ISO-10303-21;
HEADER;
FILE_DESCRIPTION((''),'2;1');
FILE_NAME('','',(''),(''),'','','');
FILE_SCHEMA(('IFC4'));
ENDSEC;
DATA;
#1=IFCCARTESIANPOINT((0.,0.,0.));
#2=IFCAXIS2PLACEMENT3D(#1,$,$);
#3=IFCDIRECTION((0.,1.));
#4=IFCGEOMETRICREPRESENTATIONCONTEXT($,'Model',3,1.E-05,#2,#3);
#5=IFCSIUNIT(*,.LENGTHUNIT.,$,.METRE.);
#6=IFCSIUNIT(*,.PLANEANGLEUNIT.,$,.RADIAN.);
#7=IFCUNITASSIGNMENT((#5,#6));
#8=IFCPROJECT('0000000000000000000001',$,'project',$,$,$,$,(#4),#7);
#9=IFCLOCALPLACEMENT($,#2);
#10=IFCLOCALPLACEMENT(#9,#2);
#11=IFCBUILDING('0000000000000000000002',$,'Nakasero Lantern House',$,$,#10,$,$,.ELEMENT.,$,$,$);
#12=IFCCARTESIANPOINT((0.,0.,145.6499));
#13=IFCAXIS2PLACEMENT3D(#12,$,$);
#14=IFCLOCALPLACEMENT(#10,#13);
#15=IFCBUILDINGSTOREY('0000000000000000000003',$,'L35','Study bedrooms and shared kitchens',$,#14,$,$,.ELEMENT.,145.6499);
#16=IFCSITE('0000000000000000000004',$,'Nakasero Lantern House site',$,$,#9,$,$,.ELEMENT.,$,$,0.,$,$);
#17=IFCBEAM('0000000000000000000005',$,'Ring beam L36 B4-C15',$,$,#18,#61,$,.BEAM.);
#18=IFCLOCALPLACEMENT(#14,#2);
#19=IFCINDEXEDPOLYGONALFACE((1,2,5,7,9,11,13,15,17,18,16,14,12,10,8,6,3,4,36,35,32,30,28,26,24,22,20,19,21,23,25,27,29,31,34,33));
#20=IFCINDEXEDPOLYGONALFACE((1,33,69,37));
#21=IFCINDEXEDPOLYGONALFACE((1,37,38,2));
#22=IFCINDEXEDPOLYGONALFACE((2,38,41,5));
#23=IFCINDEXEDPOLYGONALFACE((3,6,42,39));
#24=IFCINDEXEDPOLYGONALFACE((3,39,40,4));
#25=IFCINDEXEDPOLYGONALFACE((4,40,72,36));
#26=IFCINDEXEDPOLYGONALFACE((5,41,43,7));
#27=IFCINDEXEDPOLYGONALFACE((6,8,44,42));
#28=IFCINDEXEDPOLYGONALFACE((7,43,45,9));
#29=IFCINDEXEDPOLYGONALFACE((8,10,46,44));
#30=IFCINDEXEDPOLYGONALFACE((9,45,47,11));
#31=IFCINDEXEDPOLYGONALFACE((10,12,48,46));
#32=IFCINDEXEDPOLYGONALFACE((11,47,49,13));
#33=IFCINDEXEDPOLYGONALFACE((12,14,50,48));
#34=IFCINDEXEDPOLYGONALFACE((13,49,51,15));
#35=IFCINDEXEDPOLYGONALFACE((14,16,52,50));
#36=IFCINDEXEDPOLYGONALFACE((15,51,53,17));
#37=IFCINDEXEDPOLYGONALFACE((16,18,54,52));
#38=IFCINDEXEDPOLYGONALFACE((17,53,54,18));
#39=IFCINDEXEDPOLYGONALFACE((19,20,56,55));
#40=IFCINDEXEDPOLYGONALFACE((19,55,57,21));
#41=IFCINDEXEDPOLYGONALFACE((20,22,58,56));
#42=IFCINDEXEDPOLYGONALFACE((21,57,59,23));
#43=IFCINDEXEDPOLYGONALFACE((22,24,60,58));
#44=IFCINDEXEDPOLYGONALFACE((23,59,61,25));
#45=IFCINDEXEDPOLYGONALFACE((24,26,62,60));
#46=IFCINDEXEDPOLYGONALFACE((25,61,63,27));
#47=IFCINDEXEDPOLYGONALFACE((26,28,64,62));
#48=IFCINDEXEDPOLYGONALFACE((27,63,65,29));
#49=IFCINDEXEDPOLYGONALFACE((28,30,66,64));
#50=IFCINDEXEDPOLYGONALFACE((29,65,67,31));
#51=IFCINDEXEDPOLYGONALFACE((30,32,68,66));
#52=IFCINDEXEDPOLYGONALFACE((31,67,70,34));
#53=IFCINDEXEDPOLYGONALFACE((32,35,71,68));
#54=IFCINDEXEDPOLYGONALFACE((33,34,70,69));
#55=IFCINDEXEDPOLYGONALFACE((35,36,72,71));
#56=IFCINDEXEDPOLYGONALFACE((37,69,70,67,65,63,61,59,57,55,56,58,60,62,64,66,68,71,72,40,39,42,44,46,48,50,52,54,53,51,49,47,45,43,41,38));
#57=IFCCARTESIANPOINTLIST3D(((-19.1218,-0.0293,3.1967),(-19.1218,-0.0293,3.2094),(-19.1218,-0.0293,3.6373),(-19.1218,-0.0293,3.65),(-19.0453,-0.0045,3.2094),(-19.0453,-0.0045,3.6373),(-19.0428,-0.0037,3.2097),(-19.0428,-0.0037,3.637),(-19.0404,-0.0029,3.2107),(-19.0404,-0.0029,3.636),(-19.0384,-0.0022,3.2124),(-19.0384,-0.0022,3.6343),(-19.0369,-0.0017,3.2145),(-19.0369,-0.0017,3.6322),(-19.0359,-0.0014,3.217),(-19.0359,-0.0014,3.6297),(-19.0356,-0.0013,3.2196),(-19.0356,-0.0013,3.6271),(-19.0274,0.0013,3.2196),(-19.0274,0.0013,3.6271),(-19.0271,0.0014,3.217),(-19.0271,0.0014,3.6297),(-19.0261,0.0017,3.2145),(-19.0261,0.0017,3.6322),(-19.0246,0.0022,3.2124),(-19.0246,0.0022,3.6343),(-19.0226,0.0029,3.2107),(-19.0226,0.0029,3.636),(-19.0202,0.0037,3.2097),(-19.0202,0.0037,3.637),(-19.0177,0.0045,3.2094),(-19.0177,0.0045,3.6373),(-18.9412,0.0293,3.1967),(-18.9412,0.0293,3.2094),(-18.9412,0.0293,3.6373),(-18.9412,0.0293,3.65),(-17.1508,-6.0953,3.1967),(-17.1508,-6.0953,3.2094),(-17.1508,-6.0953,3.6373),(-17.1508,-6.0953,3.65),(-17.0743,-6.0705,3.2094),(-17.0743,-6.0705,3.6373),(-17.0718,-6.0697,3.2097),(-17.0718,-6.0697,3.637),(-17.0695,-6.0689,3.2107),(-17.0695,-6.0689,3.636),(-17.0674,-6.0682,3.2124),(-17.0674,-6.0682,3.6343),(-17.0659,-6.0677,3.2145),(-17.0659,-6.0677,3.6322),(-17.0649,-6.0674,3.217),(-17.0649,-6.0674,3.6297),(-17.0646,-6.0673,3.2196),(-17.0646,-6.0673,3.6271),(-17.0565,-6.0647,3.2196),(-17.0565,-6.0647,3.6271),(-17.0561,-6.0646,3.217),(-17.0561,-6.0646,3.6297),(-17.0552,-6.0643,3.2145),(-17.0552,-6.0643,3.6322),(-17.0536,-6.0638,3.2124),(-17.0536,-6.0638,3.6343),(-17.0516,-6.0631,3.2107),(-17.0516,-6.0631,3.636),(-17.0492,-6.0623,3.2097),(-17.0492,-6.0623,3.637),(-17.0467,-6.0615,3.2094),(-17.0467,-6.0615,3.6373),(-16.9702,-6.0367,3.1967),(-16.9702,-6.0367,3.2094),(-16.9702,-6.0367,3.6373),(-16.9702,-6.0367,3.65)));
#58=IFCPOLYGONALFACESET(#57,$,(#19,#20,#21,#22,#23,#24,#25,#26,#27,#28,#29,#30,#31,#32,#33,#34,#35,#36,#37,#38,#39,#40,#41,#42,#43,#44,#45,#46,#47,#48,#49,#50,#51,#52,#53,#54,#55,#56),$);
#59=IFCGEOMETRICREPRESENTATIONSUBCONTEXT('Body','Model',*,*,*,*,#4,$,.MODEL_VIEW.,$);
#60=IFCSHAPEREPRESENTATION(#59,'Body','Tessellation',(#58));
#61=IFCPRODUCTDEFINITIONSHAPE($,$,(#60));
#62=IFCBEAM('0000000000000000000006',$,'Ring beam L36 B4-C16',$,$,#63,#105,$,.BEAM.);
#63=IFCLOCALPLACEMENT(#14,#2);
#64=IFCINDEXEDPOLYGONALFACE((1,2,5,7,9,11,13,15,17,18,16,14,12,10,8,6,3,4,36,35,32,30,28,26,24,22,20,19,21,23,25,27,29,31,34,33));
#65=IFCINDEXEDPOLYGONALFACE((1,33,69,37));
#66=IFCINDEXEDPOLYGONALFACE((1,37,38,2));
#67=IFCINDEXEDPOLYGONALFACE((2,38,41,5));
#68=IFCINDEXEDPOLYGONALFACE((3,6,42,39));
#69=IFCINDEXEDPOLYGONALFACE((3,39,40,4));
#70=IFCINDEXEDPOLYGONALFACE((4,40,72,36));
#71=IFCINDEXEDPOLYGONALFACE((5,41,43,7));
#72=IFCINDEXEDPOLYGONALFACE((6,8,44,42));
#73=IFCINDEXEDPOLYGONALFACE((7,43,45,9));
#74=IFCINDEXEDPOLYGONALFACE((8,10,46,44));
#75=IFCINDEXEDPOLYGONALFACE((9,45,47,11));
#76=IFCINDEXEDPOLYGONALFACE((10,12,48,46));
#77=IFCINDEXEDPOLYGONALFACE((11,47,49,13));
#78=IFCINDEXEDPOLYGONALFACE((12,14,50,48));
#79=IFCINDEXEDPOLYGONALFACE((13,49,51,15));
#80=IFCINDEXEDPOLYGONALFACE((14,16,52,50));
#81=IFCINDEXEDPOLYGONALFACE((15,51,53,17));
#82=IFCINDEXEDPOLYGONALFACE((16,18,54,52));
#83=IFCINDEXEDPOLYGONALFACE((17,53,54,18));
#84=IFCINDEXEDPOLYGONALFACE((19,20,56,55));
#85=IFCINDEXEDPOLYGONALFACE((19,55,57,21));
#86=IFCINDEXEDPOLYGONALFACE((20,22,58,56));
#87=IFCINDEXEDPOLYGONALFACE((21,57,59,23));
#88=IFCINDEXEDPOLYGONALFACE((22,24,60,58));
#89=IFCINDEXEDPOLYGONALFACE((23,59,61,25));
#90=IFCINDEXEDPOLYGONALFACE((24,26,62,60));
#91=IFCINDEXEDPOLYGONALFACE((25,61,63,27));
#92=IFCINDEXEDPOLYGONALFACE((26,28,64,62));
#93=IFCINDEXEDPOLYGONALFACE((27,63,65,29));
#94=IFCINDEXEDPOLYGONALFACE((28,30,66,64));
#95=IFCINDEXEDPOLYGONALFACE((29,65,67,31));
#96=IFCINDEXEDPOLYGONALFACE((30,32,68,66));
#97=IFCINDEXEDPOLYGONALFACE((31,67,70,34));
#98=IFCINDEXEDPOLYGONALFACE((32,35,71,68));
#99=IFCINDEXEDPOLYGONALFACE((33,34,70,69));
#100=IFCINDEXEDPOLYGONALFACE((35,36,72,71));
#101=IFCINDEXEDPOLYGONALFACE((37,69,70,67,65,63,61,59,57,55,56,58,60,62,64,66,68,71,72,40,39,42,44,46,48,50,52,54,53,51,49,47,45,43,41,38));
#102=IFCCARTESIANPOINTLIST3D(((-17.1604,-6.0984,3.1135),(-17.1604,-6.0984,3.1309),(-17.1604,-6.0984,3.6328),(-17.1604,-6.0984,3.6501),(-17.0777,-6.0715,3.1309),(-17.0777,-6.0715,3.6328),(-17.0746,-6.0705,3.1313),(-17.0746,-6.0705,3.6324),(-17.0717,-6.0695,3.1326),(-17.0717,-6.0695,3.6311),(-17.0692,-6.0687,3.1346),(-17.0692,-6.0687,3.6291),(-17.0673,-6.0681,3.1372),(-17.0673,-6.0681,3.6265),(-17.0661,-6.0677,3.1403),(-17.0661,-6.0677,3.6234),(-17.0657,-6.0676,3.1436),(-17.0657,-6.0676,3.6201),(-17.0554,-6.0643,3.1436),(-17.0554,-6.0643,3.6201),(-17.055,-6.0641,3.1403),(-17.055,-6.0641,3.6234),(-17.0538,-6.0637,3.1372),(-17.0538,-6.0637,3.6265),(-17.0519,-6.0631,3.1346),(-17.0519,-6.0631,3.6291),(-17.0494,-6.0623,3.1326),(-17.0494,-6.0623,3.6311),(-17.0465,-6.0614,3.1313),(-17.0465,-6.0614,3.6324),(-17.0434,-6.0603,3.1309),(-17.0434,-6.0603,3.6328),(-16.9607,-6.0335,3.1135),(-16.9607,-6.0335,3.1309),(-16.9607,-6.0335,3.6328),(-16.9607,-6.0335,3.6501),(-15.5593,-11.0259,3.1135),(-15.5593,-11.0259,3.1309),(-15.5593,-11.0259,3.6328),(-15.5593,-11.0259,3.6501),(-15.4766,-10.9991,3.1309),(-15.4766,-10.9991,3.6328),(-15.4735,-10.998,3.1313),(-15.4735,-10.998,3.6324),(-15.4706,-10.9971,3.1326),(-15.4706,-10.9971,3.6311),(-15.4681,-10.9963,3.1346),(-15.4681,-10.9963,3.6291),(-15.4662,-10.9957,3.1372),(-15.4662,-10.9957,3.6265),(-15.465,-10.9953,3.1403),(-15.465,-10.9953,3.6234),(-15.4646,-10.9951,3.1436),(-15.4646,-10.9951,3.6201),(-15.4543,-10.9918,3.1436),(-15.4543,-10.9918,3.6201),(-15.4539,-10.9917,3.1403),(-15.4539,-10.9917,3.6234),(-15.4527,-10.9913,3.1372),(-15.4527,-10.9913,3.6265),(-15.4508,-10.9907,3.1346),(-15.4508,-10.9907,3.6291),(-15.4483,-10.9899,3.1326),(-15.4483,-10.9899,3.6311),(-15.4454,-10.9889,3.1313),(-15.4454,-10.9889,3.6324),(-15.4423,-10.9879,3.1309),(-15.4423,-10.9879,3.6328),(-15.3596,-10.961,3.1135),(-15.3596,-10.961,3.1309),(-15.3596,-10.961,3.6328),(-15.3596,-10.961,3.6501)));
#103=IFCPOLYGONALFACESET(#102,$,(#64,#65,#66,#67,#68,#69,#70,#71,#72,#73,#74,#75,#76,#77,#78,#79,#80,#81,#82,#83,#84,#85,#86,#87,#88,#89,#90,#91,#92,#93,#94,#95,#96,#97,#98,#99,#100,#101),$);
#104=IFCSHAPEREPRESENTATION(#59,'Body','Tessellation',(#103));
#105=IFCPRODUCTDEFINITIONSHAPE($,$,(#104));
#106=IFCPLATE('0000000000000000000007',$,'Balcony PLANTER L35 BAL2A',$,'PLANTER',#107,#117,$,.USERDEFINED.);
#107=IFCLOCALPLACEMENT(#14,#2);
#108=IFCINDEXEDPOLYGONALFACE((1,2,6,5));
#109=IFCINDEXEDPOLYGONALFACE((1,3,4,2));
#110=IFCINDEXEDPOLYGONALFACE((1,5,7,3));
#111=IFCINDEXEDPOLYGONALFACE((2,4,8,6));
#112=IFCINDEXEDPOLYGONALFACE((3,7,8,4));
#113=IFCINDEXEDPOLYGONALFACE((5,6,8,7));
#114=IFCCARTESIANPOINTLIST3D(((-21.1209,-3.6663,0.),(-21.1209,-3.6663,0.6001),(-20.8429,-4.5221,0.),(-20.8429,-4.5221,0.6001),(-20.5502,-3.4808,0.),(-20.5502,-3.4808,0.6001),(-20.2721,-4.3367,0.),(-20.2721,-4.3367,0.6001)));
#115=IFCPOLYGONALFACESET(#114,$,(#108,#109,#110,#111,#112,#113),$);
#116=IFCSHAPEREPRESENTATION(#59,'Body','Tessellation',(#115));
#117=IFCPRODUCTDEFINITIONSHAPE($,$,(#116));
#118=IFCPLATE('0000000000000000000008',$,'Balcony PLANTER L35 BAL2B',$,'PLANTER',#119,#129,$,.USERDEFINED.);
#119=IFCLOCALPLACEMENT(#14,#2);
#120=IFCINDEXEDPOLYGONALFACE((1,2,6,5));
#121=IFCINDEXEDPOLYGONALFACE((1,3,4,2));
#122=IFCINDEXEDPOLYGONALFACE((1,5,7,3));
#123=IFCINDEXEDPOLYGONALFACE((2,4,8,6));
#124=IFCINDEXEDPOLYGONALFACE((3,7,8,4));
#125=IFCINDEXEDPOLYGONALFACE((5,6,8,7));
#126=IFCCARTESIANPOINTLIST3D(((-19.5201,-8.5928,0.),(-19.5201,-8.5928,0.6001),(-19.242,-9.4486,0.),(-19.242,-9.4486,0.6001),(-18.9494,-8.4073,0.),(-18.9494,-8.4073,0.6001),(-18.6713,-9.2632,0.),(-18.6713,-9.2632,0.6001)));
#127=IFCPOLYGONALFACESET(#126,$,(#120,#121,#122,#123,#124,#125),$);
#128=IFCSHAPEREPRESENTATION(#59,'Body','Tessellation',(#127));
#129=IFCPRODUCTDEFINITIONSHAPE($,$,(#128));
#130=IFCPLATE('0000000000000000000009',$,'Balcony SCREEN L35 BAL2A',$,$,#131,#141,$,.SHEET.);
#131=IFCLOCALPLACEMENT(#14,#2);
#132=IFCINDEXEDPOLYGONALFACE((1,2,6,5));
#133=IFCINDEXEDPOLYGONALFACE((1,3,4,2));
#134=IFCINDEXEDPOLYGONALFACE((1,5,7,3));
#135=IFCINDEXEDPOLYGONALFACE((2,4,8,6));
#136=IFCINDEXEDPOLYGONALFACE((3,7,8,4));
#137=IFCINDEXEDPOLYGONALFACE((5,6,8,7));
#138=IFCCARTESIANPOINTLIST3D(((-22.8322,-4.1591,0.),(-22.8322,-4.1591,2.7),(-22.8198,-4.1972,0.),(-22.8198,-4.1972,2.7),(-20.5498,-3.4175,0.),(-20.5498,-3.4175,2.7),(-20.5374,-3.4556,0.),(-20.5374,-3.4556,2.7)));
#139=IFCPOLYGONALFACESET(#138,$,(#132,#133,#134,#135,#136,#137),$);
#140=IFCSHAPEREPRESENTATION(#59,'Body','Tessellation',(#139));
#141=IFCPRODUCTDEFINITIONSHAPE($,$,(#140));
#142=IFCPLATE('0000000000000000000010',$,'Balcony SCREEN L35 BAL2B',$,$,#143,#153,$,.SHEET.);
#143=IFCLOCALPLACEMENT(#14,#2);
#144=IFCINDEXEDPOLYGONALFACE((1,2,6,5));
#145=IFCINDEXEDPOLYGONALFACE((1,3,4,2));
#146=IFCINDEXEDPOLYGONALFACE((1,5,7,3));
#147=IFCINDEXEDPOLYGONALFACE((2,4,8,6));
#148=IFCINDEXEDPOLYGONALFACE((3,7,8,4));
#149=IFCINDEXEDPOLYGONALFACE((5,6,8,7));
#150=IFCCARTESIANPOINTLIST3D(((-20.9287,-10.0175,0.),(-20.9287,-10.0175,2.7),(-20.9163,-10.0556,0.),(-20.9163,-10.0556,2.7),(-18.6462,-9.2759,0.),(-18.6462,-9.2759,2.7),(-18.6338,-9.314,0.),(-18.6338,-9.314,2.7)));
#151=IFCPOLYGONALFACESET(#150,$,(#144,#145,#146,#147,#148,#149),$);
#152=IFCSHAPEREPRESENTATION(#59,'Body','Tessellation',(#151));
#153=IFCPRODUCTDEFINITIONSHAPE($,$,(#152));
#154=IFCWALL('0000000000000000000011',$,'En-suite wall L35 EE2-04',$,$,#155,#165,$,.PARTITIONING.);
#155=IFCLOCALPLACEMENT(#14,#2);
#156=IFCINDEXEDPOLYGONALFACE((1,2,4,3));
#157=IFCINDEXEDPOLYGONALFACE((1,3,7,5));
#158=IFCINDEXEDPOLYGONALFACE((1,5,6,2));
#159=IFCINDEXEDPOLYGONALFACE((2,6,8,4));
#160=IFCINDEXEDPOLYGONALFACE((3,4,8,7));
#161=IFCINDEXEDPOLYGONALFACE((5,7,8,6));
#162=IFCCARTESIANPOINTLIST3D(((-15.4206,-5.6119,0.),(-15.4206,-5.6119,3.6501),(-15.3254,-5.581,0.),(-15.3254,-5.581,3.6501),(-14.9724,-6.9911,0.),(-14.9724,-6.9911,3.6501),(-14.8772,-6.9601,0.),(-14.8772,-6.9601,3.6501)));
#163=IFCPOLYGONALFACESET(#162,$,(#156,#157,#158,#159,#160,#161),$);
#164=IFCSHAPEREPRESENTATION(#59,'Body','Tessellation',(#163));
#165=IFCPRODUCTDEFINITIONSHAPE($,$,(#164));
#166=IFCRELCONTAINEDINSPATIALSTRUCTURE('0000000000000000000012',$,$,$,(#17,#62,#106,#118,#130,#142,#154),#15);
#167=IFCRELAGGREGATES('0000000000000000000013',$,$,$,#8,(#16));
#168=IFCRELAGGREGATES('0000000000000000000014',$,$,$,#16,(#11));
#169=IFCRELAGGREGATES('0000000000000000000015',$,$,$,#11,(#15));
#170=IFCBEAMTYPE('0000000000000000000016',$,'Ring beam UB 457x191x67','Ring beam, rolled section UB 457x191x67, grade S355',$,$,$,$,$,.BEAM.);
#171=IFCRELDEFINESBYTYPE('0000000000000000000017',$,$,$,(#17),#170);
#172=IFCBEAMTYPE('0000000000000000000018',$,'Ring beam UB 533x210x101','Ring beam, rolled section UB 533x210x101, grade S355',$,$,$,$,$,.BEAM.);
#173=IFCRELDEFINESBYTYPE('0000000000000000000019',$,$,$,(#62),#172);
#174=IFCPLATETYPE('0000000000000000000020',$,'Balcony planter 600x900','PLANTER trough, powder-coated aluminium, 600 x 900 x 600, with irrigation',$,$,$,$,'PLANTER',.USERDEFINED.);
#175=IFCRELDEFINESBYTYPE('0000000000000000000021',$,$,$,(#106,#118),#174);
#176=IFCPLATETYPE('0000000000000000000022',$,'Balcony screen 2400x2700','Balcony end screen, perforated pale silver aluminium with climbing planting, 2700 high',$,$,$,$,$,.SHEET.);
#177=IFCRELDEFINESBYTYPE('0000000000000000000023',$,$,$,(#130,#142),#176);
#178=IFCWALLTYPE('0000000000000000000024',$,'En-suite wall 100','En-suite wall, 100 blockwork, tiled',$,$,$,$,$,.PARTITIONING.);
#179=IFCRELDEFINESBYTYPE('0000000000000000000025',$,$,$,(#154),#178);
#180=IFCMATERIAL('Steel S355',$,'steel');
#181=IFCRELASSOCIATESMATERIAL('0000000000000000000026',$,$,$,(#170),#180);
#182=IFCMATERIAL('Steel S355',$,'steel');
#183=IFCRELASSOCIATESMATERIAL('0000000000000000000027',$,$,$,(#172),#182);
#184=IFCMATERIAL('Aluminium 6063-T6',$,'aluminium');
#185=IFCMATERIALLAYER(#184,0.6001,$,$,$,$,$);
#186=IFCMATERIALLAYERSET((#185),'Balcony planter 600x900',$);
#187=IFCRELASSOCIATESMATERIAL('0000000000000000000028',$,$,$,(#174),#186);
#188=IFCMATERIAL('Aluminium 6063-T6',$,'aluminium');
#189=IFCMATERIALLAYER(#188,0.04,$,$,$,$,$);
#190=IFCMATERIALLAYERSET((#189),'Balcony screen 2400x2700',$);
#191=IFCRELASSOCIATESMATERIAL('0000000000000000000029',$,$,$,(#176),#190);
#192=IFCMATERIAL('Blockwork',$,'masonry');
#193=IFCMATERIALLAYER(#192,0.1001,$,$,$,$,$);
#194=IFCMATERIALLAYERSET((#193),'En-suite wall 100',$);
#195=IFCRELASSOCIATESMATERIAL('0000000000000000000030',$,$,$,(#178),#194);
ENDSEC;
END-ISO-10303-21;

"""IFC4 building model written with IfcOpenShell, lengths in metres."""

from ifc_helpers import new_model, si_unit, direction, frame, frame_2d, origin, origin_2d, place, context, subcontext, project, spatial, rectangle, i_section, extrude, material, layer, layer_set, material_profile, profile_set, type_object, element, save


model = new_model("IFC4")

# Units and contexts
model_context = context("Model", 3, precision=1e-05, world=origin(), true_north=direction((0.0, 1.0)))
body_context = subcontext(model_context, "Body", "Model", "MODEL_VIEW")
ifc_project = project(units=[si_unit("LENGTHUNIT", "METRE"), si_unit("PLANEANGLEUNIT", "RADIAN")], contexts=[model_context])

# Site, building, storey
site_placement = place(None, origin())
site = spatial("IfcSite", under=ifc_project, at=site_placement, Name="Nakasero Lantern House site", CompositionType="ELEMENT", RefElevation=0.0)
building_placement = place(site_placement, origin())
building = spatial("IfcBuilding", under=site, at=building_placement, Name="Nakasero Lantern House", CompositionType="ELEMENT")
storey_placement = place(building_placement, frame((0.0, 0.0, 145.6499)))
storey = spatial("IfcBuildingStorey", under=building, at=storey_placement, Name="L35", Description="Study bedrooms and shared kitchens", CompositionType="ELEMENT", Elevation=145.6499)

# Beams
ifc_material_1 = material(Name="Steel S355", Category="steel")
ifc_material_profile_1 = material_profile(ifc_material_1, i_section(OverallWidth=0.1899, OverallDepth=0.4534, WebThickness=0.0085, FlangeThickness=0.0127, FilletRadius=0.0103, at=origin_2d()), Name="UB 457x191x67")
ifc_profile_set_1 = profile_set([ifc_material_profile_1], Name="Steel S355")
beam_type_1 = type_object("IfcBeamType", Name="Ring beam UB 457x191x67", Description="Ring beam, rolled section UB 457x191x67, grade S355", PredefinedType="BEAM", material=ifc_profile_set_1)
beam_1_placement = place(storey_placement, frame((-19.0315, 0.0, 3.4233), z_axis=(0.309019, -0.951056, 0.0), x_axis=(0.951056, 0.309019, 0.0)))
element("IfcBeam", 1, at=beam_1_placement, inside=storey, type_object=beam_type_1, Name="Ring beam L36 B4-C15", PredefinedType="BEAM", context=body_context, shape_type="SweptSolid", body=[
    extrude(i_section(OverallWidth=0.1899, OverallDepth=0.4534, WebThickness=0.0085, FlangeThickness=0.0127, FilletRadius=0.0103, at=origin_2d()), origin(), (0.0, 0.0, 1.0), 6.3782),
])
ifc_material_2 = material(Name="Steel S355", Category="steel")
ifc_material_profile_2 = material_profile(ifc_material_2, i_section(OverallWidth=0.21, OverallDepth=0.5366, WebThickness=0.0107, FlangeThickness=0.0173, FilletRadius=0.0127, at=origin_2d()), Name="UB 533x210x101")
ifc_profile_set_2 = profile_set([ifc_material_profile_2], Name="Steel S355")
beam_type_2 = type_object("IfcBeamType", Name="Ring beam UB 533x210x101", Description="Ring beam, rolled section UB 533x210x101, grade S355", PredefinedType="BEAM", material=ifc_profile_set_2)
beam_2_placement = place(storey_placement, frame((-17.0605, -6.0659, 3.3818), z_axis=(0.309023, -0.951054, 0.0), x_axis=(0.951054, 0.309023, 0.0)))
element("IfcBeam", 2, at=beam_2_placement, inside=storey, type_object=beam_type_2, Name="Ring beam L36 B4-C16", PredefinedType="BEAM", context=body_context, shape_type="SweptSolid", body=[
    extrude(i_section(OverallWidth=0.21, OverallDepth=0.5366, WebThickness=0.0107, FlangeThickness=0.0173, FilletRadius=0.0127, at=origin_2d()), origin(), (0.0, 0.0, 1.0), 5.1812),
])

# Plates
ifc_material_3 = material(Name="Aluminium 6063-T6", Category="aluminium")
ifc_layer_1 = layer(ifc_material_3, 0.6001)
ifc_layer_set_1 = layer_set([ifc_layer_1], Name="Balcony planter 600x900")
plate_type_1 = type_object("IfcPlateType", Name="Balcony planter 600x900", Description="PLANTER trough, powder-coated aluminium, 600 x 900 x 600, with irrigation", ElementType="PLANTER", PredefinedType="USERDEFINED", material=ifc_layer_set_1)
for number, where, z_axis, x_axis, name in (
    (3, (-20.6965, -4.0015, 0.0), (0.0, 0.0, 1.0), (-0.951057, -0.309017, 0.0), "Balcony PLANTER L35 BAL2A"),
    (4, (-19.0957, -8.928, 0.0), (0.0, 0.0, 1.0), (-0.951057, -0.309017, 0.0), "Balcony PLANTER L35 BAL2B"),
):
    element("IfcPlate", number, at=place(storey_placement, frame(where, z_axis=z_axis, x_axis=x_axis)), inside=storey, type_object=plate_type_1, Name=name, ObjectType="PLANTER", PredefinedType="USERDEFINED", context=body_context, shape_type="SweptSolid", body=[
        extrude(rectangle(XDim=0.6001, YDim=0.8999, at=origin_2d()), origin(), (0.0, 0.0, 1.0), 0.6001),
    ])
ifc_material_4 = material(Name="Aluminium 6063-T6", Category="aluminium")
ifc_layer_2 = layer(ifc_material_4, 0.04)
ifc_layer_set_2 = layer_set([ifc_layer_2], Name="Balcony screen 2400x2700")
plate_type_2 = type_object("IfcPlateType", Name="Balcony screen 2400x2700", Description="Balcony end screen, perforated pale silver aluminium with climbing planting, 2700 high", PredefinedType="SHEET", material=ifc_layer_set_2)
for number, where, z_axis, x_axis, name in (
    (5, (-21.6848, -3.8074, 0.0), (0.0, 0.0, 1.0), (-0.951057, -0.309017, 0.0), "Balcony SCREEN L35 BAL2A"),
    (6, (-19.7812, -9.6658, 0.0), (0.0, 0.0, 1.0), (-0.951057, -0.309017, 0.0), "Balcony SCREEN L35 BAL2B"),
):
    element("IfcPlate", number, at=place(storey_placement, frame(where, z_axis=z_axis, x_axis=x_axis)), inside=storey, type_object=plate_type_2, Name=name, PredefinedType="SHEET", context=body_context, shape_type="SweptSolid", body=[
        extrude(rectangle(XDim=2.3999, YDim=0.04, at=origin_2d()), origin(), (0.0, 0.0, 1.0), 2.7),
    ])

# Wall
ifc_material_5 = material(Name="Blockwork", Category="masonry")
ifc_layer_3 = layer(ifc_material_5, 0.1001)
ifc_layer_set_3 = layer_set([ifc_layer_3], Name="En-suite wall 100")
wall_type_1 = type_object("IfcWallType", Name="En-suite wall 100", Description="En-suite wall, 100 blockwork, tiled", PredefinedType="PARTITIONING", material=ifc_layer_set_3)
wall_1_placement = place(storey_placement, frame((-15.373, -5.5964, 0.0), z_axis=(0.0, 0.0, 1.0), x_axis=(0.309097, -0.95103, 0.0)))
element("IfcWall", 7, at=wall_1_placement, inside=storey, type_object=wall_type_1, Name="En-suite wall L35 EE2-04", PredefinedType="PARTITIONING", context=body_context, shape_type="SweptSolid", body=[
    extrude(rectangle(XDim=1.4502, YDim=0.1001, at=frame_2d((0.7251, 0.0))), origin(), (0.0, 0.0, 1.0), 3.6501),
])

save(model, "model.ifc")
